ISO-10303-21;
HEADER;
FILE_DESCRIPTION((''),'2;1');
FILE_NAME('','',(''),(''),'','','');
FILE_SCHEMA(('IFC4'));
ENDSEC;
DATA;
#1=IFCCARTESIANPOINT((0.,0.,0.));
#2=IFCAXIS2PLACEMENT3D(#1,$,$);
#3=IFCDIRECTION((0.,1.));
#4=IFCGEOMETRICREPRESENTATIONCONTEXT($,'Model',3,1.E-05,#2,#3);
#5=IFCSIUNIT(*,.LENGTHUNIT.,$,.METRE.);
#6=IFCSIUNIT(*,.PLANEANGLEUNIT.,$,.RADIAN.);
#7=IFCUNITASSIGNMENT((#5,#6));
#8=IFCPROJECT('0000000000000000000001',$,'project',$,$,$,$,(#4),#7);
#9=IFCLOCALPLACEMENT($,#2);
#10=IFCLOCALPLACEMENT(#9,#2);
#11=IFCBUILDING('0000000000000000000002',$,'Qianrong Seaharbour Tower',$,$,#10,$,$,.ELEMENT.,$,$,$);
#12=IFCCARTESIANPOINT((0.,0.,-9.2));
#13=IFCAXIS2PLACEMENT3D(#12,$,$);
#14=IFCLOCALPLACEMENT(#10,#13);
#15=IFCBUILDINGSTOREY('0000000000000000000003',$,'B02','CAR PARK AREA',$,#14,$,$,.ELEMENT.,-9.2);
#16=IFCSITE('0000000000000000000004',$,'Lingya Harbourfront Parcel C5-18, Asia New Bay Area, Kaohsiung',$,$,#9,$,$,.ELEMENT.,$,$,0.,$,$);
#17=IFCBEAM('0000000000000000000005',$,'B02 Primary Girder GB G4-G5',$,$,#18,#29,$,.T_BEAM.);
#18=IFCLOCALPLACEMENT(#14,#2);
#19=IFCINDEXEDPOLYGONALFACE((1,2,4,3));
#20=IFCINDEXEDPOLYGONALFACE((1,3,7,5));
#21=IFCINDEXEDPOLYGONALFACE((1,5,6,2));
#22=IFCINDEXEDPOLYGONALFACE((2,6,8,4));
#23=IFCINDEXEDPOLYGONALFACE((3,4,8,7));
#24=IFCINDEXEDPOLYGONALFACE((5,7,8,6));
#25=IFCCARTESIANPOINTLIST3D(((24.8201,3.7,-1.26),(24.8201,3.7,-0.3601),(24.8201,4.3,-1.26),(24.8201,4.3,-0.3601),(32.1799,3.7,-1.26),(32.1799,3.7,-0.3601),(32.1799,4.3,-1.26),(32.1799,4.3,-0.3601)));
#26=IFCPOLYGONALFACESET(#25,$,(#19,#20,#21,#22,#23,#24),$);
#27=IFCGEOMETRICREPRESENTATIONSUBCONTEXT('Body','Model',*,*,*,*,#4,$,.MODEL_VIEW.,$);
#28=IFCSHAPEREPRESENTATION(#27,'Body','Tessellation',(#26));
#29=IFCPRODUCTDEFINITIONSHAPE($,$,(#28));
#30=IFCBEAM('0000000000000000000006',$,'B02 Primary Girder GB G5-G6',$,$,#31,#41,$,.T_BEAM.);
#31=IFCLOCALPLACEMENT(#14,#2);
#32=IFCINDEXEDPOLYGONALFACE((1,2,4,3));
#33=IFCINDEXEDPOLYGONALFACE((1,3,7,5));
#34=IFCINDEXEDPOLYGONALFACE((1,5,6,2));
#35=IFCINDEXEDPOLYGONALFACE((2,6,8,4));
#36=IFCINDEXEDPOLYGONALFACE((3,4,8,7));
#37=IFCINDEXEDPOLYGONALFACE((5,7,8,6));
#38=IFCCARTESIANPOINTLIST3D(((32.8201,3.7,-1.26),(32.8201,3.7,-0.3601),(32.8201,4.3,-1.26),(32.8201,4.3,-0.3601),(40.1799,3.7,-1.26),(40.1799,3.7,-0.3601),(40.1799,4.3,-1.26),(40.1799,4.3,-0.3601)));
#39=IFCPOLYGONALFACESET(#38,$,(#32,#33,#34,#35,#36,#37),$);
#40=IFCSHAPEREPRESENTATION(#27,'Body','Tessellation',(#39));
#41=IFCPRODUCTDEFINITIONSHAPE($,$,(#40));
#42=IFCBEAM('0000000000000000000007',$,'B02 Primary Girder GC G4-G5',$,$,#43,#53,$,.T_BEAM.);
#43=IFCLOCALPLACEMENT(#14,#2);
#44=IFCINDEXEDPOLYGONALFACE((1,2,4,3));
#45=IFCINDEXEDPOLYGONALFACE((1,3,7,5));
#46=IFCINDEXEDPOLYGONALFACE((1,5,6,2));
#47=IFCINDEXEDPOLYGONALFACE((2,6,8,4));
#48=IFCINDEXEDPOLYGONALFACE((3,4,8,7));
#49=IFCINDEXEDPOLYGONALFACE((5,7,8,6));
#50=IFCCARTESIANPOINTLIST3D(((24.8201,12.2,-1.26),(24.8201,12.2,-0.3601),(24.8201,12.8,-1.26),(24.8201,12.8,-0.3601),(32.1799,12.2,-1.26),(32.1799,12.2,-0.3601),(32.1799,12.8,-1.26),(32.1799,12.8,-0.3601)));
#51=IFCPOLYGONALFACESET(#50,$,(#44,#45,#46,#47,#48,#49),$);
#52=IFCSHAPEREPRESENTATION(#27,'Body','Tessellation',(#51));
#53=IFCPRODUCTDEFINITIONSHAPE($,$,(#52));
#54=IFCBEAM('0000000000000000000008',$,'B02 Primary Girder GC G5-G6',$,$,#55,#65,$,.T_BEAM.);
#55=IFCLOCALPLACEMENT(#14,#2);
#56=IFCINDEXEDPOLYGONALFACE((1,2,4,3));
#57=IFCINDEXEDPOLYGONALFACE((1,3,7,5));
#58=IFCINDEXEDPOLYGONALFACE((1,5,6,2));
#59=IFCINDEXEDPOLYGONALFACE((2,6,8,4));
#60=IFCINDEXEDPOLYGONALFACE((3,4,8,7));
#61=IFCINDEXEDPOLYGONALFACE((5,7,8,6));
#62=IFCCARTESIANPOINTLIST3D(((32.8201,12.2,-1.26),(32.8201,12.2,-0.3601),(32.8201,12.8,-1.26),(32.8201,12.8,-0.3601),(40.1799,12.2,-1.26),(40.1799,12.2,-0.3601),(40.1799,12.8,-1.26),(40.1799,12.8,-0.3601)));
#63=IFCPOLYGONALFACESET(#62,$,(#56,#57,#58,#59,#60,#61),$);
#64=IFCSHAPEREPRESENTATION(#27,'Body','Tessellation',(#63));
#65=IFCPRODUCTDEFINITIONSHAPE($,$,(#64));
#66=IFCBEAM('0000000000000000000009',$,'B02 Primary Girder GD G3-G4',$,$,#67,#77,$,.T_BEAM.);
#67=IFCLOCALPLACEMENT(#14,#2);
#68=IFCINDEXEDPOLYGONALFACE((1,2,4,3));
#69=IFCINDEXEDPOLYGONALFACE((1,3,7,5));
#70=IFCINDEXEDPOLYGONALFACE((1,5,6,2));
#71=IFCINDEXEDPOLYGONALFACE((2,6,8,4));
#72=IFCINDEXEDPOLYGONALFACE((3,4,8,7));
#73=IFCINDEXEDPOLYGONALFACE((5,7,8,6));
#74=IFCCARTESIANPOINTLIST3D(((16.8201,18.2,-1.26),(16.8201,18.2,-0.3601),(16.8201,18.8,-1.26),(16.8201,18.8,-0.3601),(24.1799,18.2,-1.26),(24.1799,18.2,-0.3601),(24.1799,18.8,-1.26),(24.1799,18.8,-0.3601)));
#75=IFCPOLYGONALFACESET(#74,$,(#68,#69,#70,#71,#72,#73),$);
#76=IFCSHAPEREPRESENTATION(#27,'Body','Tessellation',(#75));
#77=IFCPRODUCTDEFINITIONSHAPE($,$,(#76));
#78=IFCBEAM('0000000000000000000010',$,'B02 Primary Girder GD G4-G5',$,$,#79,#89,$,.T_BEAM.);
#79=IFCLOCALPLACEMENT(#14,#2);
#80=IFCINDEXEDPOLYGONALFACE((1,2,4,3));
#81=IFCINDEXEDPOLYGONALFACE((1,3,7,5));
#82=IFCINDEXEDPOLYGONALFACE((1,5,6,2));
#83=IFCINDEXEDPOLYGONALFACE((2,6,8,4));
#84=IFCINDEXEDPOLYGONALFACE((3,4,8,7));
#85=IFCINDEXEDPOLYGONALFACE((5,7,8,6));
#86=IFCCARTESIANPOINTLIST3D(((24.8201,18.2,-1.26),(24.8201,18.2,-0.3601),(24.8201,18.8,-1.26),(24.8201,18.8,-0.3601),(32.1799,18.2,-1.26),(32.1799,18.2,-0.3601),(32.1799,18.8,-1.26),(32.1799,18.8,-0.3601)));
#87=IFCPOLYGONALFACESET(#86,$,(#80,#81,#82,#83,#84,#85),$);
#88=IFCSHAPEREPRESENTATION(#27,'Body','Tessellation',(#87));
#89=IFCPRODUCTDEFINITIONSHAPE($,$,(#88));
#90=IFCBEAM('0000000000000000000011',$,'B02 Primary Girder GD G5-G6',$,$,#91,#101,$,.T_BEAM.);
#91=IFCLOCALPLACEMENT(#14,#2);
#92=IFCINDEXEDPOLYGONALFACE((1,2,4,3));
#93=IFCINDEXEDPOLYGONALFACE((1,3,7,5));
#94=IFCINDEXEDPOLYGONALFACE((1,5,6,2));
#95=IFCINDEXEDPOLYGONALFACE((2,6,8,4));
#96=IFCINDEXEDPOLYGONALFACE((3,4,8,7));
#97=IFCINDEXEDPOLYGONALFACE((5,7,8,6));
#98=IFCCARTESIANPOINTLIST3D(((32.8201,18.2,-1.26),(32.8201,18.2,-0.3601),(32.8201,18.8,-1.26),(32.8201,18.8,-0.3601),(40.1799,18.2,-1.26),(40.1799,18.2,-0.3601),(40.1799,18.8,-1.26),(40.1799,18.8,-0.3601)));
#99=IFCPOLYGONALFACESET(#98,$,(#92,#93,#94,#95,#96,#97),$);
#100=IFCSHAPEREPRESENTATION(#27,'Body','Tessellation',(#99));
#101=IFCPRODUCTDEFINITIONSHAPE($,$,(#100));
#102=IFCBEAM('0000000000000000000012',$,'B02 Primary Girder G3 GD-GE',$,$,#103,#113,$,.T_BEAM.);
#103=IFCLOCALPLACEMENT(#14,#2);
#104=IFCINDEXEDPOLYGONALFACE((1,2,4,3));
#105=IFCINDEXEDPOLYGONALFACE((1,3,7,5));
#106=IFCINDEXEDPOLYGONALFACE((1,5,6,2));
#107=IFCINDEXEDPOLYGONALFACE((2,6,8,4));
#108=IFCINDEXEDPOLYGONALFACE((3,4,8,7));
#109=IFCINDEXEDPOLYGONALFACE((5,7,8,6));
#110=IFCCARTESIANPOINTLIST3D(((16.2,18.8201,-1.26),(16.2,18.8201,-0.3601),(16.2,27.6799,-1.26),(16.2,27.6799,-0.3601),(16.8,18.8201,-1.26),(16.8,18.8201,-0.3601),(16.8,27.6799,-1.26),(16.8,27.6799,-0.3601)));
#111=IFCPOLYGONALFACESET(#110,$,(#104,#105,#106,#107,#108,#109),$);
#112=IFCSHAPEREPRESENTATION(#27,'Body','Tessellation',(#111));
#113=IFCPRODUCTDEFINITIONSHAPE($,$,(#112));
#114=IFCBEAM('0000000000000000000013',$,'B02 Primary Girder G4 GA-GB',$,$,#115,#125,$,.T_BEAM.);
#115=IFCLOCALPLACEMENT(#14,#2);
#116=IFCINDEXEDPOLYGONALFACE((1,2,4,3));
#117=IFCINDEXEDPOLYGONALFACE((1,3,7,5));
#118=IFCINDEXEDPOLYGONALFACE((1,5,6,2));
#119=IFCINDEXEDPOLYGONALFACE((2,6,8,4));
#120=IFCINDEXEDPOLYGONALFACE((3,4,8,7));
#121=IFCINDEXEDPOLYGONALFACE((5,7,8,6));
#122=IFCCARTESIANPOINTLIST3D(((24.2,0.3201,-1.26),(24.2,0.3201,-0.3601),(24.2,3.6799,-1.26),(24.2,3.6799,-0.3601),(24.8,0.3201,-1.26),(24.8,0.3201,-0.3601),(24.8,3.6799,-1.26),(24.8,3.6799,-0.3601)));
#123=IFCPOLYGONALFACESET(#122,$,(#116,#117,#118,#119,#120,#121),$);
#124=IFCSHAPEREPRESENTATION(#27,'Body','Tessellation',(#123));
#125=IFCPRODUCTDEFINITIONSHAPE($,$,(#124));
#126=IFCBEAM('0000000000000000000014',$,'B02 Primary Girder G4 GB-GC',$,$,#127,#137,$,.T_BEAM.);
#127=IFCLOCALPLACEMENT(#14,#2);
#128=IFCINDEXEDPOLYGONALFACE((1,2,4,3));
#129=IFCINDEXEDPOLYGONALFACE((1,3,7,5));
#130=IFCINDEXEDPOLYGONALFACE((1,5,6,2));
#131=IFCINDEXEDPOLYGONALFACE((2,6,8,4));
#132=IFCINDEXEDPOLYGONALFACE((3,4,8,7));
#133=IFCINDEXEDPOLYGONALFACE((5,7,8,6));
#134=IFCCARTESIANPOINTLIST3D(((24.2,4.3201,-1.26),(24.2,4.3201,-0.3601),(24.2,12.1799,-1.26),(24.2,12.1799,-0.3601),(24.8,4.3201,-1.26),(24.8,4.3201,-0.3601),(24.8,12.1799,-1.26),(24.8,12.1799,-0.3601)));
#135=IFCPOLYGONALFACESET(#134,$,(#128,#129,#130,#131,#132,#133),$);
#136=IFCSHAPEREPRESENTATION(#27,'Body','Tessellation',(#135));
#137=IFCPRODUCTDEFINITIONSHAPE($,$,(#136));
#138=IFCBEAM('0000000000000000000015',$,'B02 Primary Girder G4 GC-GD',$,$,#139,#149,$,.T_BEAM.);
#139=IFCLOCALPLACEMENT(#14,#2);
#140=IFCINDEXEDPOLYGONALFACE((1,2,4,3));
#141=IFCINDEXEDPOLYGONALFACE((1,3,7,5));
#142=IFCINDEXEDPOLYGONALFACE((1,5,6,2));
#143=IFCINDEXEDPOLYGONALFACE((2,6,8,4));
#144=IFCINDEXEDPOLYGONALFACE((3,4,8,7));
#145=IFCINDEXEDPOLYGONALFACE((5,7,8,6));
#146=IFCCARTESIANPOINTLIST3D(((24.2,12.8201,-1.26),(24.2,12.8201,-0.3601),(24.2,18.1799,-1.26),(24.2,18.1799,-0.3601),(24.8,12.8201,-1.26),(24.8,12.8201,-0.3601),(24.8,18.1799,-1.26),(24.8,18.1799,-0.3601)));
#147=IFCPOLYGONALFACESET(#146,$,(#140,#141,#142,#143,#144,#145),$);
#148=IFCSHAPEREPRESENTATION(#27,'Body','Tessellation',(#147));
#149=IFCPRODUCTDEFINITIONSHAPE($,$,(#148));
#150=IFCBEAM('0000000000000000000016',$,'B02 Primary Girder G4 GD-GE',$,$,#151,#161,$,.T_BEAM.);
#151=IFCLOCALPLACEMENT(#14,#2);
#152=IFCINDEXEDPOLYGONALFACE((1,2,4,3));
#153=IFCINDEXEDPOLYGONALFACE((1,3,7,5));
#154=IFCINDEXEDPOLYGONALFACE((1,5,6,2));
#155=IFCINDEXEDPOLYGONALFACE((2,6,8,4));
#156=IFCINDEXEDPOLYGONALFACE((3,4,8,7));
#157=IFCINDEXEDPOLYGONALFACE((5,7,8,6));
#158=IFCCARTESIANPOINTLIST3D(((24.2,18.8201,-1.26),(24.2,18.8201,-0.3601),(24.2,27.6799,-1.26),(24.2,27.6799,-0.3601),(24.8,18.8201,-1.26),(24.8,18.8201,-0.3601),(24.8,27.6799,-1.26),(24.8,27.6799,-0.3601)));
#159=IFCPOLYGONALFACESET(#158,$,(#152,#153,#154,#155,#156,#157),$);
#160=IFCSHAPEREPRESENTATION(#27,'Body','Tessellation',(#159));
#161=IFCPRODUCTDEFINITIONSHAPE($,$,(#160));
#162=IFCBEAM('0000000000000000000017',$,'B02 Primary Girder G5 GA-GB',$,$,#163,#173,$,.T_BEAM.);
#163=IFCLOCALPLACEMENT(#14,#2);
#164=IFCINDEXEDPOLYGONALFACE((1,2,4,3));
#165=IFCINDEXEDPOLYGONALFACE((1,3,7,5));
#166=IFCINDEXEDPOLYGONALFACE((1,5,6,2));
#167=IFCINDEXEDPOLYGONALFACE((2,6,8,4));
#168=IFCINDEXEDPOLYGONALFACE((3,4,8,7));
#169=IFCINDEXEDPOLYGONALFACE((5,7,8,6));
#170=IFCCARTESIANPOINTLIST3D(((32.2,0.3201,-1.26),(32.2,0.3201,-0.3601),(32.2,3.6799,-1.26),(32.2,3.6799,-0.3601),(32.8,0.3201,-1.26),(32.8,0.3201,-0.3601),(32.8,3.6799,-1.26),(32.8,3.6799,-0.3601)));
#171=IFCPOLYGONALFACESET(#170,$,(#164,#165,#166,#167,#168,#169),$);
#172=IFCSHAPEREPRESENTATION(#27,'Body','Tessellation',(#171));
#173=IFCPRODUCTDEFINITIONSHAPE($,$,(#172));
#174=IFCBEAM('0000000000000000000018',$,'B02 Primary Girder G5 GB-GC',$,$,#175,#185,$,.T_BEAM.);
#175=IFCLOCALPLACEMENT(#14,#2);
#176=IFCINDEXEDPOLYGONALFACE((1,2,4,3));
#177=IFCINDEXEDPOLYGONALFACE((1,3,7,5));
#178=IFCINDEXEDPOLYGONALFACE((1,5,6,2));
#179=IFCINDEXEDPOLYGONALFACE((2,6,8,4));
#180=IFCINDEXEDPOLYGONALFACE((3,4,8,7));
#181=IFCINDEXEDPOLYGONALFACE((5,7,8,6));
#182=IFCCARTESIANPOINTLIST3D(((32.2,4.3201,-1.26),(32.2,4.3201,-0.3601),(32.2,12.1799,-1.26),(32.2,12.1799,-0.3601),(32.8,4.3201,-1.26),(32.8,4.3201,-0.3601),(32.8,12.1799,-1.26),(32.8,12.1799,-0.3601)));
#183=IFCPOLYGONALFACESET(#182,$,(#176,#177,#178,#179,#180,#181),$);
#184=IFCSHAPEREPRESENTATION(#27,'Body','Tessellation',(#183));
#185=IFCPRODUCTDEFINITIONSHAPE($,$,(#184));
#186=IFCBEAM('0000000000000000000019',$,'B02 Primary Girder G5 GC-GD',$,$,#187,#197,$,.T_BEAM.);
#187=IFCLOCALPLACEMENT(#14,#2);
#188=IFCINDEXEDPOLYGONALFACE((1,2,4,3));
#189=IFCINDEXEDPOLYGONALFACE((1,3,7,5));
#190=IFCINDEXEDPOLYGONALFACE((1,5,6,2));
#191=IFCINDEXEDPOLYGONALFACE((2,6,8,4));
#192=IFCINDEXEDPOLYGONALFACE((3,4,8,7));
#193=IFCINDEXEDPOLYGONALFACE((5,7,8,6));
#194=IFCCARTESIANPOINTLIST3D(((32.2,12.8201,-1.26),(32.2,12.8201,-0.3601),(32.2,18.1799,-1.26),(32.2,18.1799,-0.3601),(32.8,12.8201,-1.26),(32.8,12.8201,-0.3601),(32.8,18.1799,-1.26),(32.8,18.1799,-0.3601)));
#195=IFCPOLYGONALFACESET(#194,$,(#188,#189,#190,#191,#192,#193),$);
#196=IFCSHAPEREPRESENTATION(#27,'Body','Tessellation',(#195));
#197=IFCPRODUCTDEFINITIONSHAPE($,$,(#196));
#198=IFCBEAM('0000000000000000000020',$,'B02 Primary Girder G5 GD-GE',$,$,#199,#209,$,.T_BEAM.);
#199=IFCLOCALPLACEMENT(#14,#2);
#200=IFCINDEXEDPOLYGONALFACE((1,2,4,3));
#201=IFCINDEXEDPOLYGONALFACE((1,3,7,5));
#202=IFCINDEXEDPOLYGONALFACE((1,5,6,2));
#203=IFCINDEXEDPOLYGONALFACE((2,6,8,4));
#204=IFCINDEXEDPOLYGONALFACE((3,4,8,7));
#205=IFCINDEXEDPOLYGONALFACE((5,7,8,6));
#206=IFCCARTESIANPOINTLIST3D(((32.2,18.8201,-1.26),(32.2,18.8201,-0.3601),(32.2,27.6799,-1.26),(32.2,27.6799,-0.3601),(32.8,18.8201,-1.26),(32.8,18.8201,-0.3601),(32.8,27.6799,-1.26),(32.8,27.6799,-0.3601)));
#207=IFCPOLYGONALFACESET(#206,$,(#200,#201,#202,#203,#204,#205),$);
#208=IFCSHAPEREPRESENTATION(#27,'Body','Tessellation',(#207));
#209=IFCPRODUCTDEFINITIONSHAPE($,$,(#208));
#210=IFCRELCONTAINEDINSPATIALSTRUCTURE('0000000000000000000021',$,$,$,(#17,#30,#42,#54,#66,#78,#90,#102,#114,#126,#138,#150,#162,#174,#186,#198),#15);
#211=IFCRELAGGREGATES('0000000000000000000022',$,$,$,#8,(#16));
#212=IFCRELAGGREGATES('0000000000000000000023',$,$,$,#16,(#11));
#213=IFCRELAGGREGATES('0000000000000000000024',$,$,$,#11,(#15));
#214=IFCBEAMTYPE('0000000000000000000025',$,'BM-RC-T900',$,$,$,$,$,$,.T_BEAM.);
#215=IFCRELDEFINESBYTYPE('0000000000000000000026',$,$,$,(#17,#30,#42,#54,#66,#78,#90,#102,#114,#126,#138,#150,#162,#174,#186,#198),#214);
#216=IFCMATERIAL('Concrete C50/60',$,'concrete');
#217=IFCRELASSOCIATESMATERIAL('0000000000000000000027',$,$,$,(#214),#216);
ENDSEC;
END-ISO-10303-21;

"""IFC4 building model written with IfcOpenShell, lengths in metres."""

from ifc_helpers import new_model, si_unit, direction, frame, origin, origin_2d, place, context, subcontext, project, spatial, rectangle, extrude, material, material_profile, profile_set, type_object, element, save


model = new_model("IFC4")

# Units and contexts
model_context = context("Model", 3, precision=1e-05, world=origin(), true_north=direction((0.0, 1.0)))
body_context = subcontext(model_context, "Body", "Model", "MODEL_VIEW")
ifc_project = project(units=[si_unit("LENGTHUNIT", "METRE"), si_unit("PLANEANGLEUNIT", "RADIAN")], contexts=[model_context])

# Site, building, storey
site_placement = place(None, origin())
site = spatial("IfcSite", under=ifc_project, at=site_placement, Name="Lingya Harbourfront Parcel C5-18, Asia New Bay Area, Kaohsiung", CompositionType="ELEMENT", RefElevation=0.0)
building_placement = place(site_placement, origin())
building = spatial("IfcBuilding", under=site, at=building_placement, Name="Qianrong Seaharbour Tower", CompositionType="ELEMENT")
storey_placement = place(building_placement, frame((0.0, 0.0, -9.2)))
storey = spatial("IfcBuildingStorey", under=building, at=storey_placement, Name="B02", Description="CAR PARK AREA", CompositionType="ELEMENT", Elevation=-9.2)

# Beams
ifc_material_1 = material(Name="Concrete C50/60", Category="concrete")
ifc_material_profile_1 = material_profile(ifc_material_1, rectangle(XDim=0.6001, YDim=0.8999, at=origin_2d()), Name="RC600x900")
ifc_profile_set_1 = profile_set([ifc_material_profile_1], Name="Concrete C50/60")
beam_type_1 = type_object("IfcBeamType", Name="BM-RC-T900", PredefinedType="T_BEAM", material=ifc_profile_set_1)
for number, where, z_axis, x_axis, name in (
    (1, (24.8201, 4.0, -0.8101), (1.0, 0.0, 0.0), (0.0, 1.0, 0.0), "B02 Primary Girder GB G4-G5"),
    (2, (32.8201, 4.0, -0.8101), (1.0, 0.0, 0.0), (0.0, 1.0, 0.0), "B02 Primary Girder GB G5-G6"),
    (3, (24.8201, 12.5, -0.8101), (1.0, 0.0, 0.0), (0.0, 1.0, 0.0), "B02 Primary Girder GC G4-G5"),
    (4, (32.8201, 12.5, -0.8101), (1.0, 0.0, 0.0), (0.0, 1.0, 0.0), "B02 Primary Girder GC G5-G6"),
    (5, (16.8201, 18.5, -0.8101), (1.0, 0.0, 0.0), (0.0, 1.0, 0.0), "B02 Primary Girder GD G3-G4"),
    (6, (24.8201, 18.5, -0.8101), (1.0, 0.0, 0.0), (0.0, 1.0, 0.0), "B02 Primary Girder GD G4-G5"),
    (7, (32.8201, 18.5, -0.8101), (1.0, 0.0, 0.0), (0.0, 1.0, 0.0), "B02 Primary Girder GD G5-G6"),
):
    element("IfcBeam", number, at=place(storey_placement, frame(where, z_axis=z_axis, x_axis=x_axis)), inside=storey, type_object=beam_type_1, Name=name, PredefinedType="T_BEAM", context=body_context, shape_type="SweptSolid", body=[
        extrude(rectangle(XDim=0.6001, YDim=0.8999, at=origin_2d()), origin(), (0.0, 0.0, 1.0), 7.3599),
    ])
beam_1_placement = place(storey_placement, frame((16.5, 18.8201, -0.8101), z_axis=(0.0, 1.0, 0.0), x_axis=(-1.0, 0.0, 0.0)))
element("IfcBeam", 8, at=beam_1_placement, inside=storey, type_object=beam_type_1, Name="B02 Primary Girder G3 GD-GE", PredefinedType="T_BEAM", context=body_context, shape_type="SweptSolid", body=[
    extrude(rectangle(XDim=0.6001, YDim=0.8999, at=origin_2d()), origin(), (0.0, 0.0, 1.0), 8.8599),
])
beam_2_placement = place(storey_placement, frame((24.5, 0.3201, -0.8101), z_axis=(0.0, 1.0, 0.0), x_axis=(-1.0, 0.0, 0.0)))
element("IfcBeam", 9, at=beam_2_placement, inside=storey, type_object=beam_type_1, Name="B02 Primary Girder G4 GA-GB", PredefinedType="T_BEAM", context=body_context, shape_type="SweptSolid", body=[
    extrude(rectangle(XDim=0.6001, YDim=0.8999, at=origin_2d()), origin(), (0.0, 0.0, 1.0), 3.3599),
])
beam_3_placement = place(storey_placement, frame((24.5, 4.3201, -0.8101), z_axis=(0.0, 1.0, 0.0), x_axis=(-1.0, 0.0, 0.0)))
element("IfcBeam", 10, at=beam_3_placement, inside=storey, type_object=beam_type_1, Name="B02 Primary Girder G4 GB-GC", PredefinedType="T_BEAM", context=body_context, shape_type="SweptSolid", body=[
    extrude(rectangle(XDim=0.6001, YDim=0.8999, at=origin_2d()), origin(), (0.0, 0.0, 1.0), 7.8599),
])
beam_4_placement = place(storey_placement, frame((24.5, 12.8201, -0.8101), z_axis=(0.0, 1.0, 0.0), x_axis=(-1.0, 0.0, 0.0)))
element("IfcBeam", 11, at=beam_4_placement, inside=storey, type_object=beam_type_1, Name="B02 Primary Girder G4 GC-GD", PredefinedType="T_BEAM", context=body_context, shape_type="SweptSolid", body=[
    extrude(rectangle(XDim=0.6001, YDim=0.8999, at=origin_2d()), origin(), (0.0, 0.0, 1.0), 5.3599),
])
beam_5_placement = place(storey_placement, frame((24.5, 18.8201, -0.8101), z_axis=(0.0, 1.0, 0.0), x_axis=(-1.0, 0.0, 0.0)))
element("IfcBeam", 12, at=beam_5_placement, inside=storey, type_object=beam_type_1, Name="B02 Primary Girder G4 GD-GE", PredefinedType="T_BEAM", context=body_context, shape_type="SweptSolid", body=[
    extrude(rectangle(XDim=0.6001, YDim=0.8999, at=origin_2d()), origin(), (0.0, 0.0, 1.0), 8.8599),
])
beam_6_placement = place(storey_placement, frame((32.5, 0.3201, -0.8101), z_axis=(0.0, 1.0, 0.0), x_axis=(-1.0, 0.0, 0.0)))
element("IfcBeam", 13, at=beam_6_placement, inside=storey, type_object=beam_type_1, Name="B02 Primary Girder G5 GA-GB", PredefinedType="T_BEAM", context=body_context, shape_type="SweptSolid", body=[
    extrude(rectangle(XDim=0.6001, YDim=0.8999, at=origin_2d()), origin(), (0.0, 0.0, 1.0), 3.3599),
])
beam_7_placement = place(storey_placement, frame((32.5, 4.3201, -0.8101), z_axis=(0.0, 1.0, 0.0), x_axis=(-1.0, 0.0, 0.0)))
element("IfcBeam", 14, at=beam_7_placement, inside=storey, type_object=beam_type_1, Name="B02 Primary Girder G5 GB-GC", PredefinedType="T_BEAM", context=body_context, shape_type="SweptSolid", body=[
    extrude(rectangle(XDim=0.6001, YDim=0.8999, at=origin_2d()), origin(), (0.0, 0.0, 1.0), 7.8599),
])
beam_8_placement = place(storey_placement, frame((32.5, 12.8201, -0.8101), z_axis=(0.0, 1.0, 0.0), x_axis=(-1.0, 0.0, 0.0)))
element("IfcBeam", 15, at=beam_8_placement, inside=storey, type_object=beam_type_1, Name="B02 Primary Girder G5 GC-GD", PredefinedType="T_BEAM", context=body_context, shape_type="SweptSolid", body=[
    extrude(rectangle(XDim=0.6001, YDim=0.8999, at=origin_2d()), origin(), (0.0, 0.0, 1.0), 5.3599),
])
beam_9_placement = place(storey_placement, frame((32.5, 18.8201, -0.8101), z_axis=(0.0, 1.0, 0.0), x_axis=(-1.0, 0.0, 0.0)))
element("IfcBeam", 16, at=beam_9_placement, inside=storey, type_object=beam_type_1, Name="B02 Primary Girder G5 GD-GE", PredefinedType="T_BEAM", context=body_context, shape_type="SweptSolid", body=[
    extrude(rectangle(XDim=0.6001, YDim=0.8999, at=origin_2d()), origin(), (0.0, 0.0, 1.0), 8.8599),
])

save(model, "model.ifc")
